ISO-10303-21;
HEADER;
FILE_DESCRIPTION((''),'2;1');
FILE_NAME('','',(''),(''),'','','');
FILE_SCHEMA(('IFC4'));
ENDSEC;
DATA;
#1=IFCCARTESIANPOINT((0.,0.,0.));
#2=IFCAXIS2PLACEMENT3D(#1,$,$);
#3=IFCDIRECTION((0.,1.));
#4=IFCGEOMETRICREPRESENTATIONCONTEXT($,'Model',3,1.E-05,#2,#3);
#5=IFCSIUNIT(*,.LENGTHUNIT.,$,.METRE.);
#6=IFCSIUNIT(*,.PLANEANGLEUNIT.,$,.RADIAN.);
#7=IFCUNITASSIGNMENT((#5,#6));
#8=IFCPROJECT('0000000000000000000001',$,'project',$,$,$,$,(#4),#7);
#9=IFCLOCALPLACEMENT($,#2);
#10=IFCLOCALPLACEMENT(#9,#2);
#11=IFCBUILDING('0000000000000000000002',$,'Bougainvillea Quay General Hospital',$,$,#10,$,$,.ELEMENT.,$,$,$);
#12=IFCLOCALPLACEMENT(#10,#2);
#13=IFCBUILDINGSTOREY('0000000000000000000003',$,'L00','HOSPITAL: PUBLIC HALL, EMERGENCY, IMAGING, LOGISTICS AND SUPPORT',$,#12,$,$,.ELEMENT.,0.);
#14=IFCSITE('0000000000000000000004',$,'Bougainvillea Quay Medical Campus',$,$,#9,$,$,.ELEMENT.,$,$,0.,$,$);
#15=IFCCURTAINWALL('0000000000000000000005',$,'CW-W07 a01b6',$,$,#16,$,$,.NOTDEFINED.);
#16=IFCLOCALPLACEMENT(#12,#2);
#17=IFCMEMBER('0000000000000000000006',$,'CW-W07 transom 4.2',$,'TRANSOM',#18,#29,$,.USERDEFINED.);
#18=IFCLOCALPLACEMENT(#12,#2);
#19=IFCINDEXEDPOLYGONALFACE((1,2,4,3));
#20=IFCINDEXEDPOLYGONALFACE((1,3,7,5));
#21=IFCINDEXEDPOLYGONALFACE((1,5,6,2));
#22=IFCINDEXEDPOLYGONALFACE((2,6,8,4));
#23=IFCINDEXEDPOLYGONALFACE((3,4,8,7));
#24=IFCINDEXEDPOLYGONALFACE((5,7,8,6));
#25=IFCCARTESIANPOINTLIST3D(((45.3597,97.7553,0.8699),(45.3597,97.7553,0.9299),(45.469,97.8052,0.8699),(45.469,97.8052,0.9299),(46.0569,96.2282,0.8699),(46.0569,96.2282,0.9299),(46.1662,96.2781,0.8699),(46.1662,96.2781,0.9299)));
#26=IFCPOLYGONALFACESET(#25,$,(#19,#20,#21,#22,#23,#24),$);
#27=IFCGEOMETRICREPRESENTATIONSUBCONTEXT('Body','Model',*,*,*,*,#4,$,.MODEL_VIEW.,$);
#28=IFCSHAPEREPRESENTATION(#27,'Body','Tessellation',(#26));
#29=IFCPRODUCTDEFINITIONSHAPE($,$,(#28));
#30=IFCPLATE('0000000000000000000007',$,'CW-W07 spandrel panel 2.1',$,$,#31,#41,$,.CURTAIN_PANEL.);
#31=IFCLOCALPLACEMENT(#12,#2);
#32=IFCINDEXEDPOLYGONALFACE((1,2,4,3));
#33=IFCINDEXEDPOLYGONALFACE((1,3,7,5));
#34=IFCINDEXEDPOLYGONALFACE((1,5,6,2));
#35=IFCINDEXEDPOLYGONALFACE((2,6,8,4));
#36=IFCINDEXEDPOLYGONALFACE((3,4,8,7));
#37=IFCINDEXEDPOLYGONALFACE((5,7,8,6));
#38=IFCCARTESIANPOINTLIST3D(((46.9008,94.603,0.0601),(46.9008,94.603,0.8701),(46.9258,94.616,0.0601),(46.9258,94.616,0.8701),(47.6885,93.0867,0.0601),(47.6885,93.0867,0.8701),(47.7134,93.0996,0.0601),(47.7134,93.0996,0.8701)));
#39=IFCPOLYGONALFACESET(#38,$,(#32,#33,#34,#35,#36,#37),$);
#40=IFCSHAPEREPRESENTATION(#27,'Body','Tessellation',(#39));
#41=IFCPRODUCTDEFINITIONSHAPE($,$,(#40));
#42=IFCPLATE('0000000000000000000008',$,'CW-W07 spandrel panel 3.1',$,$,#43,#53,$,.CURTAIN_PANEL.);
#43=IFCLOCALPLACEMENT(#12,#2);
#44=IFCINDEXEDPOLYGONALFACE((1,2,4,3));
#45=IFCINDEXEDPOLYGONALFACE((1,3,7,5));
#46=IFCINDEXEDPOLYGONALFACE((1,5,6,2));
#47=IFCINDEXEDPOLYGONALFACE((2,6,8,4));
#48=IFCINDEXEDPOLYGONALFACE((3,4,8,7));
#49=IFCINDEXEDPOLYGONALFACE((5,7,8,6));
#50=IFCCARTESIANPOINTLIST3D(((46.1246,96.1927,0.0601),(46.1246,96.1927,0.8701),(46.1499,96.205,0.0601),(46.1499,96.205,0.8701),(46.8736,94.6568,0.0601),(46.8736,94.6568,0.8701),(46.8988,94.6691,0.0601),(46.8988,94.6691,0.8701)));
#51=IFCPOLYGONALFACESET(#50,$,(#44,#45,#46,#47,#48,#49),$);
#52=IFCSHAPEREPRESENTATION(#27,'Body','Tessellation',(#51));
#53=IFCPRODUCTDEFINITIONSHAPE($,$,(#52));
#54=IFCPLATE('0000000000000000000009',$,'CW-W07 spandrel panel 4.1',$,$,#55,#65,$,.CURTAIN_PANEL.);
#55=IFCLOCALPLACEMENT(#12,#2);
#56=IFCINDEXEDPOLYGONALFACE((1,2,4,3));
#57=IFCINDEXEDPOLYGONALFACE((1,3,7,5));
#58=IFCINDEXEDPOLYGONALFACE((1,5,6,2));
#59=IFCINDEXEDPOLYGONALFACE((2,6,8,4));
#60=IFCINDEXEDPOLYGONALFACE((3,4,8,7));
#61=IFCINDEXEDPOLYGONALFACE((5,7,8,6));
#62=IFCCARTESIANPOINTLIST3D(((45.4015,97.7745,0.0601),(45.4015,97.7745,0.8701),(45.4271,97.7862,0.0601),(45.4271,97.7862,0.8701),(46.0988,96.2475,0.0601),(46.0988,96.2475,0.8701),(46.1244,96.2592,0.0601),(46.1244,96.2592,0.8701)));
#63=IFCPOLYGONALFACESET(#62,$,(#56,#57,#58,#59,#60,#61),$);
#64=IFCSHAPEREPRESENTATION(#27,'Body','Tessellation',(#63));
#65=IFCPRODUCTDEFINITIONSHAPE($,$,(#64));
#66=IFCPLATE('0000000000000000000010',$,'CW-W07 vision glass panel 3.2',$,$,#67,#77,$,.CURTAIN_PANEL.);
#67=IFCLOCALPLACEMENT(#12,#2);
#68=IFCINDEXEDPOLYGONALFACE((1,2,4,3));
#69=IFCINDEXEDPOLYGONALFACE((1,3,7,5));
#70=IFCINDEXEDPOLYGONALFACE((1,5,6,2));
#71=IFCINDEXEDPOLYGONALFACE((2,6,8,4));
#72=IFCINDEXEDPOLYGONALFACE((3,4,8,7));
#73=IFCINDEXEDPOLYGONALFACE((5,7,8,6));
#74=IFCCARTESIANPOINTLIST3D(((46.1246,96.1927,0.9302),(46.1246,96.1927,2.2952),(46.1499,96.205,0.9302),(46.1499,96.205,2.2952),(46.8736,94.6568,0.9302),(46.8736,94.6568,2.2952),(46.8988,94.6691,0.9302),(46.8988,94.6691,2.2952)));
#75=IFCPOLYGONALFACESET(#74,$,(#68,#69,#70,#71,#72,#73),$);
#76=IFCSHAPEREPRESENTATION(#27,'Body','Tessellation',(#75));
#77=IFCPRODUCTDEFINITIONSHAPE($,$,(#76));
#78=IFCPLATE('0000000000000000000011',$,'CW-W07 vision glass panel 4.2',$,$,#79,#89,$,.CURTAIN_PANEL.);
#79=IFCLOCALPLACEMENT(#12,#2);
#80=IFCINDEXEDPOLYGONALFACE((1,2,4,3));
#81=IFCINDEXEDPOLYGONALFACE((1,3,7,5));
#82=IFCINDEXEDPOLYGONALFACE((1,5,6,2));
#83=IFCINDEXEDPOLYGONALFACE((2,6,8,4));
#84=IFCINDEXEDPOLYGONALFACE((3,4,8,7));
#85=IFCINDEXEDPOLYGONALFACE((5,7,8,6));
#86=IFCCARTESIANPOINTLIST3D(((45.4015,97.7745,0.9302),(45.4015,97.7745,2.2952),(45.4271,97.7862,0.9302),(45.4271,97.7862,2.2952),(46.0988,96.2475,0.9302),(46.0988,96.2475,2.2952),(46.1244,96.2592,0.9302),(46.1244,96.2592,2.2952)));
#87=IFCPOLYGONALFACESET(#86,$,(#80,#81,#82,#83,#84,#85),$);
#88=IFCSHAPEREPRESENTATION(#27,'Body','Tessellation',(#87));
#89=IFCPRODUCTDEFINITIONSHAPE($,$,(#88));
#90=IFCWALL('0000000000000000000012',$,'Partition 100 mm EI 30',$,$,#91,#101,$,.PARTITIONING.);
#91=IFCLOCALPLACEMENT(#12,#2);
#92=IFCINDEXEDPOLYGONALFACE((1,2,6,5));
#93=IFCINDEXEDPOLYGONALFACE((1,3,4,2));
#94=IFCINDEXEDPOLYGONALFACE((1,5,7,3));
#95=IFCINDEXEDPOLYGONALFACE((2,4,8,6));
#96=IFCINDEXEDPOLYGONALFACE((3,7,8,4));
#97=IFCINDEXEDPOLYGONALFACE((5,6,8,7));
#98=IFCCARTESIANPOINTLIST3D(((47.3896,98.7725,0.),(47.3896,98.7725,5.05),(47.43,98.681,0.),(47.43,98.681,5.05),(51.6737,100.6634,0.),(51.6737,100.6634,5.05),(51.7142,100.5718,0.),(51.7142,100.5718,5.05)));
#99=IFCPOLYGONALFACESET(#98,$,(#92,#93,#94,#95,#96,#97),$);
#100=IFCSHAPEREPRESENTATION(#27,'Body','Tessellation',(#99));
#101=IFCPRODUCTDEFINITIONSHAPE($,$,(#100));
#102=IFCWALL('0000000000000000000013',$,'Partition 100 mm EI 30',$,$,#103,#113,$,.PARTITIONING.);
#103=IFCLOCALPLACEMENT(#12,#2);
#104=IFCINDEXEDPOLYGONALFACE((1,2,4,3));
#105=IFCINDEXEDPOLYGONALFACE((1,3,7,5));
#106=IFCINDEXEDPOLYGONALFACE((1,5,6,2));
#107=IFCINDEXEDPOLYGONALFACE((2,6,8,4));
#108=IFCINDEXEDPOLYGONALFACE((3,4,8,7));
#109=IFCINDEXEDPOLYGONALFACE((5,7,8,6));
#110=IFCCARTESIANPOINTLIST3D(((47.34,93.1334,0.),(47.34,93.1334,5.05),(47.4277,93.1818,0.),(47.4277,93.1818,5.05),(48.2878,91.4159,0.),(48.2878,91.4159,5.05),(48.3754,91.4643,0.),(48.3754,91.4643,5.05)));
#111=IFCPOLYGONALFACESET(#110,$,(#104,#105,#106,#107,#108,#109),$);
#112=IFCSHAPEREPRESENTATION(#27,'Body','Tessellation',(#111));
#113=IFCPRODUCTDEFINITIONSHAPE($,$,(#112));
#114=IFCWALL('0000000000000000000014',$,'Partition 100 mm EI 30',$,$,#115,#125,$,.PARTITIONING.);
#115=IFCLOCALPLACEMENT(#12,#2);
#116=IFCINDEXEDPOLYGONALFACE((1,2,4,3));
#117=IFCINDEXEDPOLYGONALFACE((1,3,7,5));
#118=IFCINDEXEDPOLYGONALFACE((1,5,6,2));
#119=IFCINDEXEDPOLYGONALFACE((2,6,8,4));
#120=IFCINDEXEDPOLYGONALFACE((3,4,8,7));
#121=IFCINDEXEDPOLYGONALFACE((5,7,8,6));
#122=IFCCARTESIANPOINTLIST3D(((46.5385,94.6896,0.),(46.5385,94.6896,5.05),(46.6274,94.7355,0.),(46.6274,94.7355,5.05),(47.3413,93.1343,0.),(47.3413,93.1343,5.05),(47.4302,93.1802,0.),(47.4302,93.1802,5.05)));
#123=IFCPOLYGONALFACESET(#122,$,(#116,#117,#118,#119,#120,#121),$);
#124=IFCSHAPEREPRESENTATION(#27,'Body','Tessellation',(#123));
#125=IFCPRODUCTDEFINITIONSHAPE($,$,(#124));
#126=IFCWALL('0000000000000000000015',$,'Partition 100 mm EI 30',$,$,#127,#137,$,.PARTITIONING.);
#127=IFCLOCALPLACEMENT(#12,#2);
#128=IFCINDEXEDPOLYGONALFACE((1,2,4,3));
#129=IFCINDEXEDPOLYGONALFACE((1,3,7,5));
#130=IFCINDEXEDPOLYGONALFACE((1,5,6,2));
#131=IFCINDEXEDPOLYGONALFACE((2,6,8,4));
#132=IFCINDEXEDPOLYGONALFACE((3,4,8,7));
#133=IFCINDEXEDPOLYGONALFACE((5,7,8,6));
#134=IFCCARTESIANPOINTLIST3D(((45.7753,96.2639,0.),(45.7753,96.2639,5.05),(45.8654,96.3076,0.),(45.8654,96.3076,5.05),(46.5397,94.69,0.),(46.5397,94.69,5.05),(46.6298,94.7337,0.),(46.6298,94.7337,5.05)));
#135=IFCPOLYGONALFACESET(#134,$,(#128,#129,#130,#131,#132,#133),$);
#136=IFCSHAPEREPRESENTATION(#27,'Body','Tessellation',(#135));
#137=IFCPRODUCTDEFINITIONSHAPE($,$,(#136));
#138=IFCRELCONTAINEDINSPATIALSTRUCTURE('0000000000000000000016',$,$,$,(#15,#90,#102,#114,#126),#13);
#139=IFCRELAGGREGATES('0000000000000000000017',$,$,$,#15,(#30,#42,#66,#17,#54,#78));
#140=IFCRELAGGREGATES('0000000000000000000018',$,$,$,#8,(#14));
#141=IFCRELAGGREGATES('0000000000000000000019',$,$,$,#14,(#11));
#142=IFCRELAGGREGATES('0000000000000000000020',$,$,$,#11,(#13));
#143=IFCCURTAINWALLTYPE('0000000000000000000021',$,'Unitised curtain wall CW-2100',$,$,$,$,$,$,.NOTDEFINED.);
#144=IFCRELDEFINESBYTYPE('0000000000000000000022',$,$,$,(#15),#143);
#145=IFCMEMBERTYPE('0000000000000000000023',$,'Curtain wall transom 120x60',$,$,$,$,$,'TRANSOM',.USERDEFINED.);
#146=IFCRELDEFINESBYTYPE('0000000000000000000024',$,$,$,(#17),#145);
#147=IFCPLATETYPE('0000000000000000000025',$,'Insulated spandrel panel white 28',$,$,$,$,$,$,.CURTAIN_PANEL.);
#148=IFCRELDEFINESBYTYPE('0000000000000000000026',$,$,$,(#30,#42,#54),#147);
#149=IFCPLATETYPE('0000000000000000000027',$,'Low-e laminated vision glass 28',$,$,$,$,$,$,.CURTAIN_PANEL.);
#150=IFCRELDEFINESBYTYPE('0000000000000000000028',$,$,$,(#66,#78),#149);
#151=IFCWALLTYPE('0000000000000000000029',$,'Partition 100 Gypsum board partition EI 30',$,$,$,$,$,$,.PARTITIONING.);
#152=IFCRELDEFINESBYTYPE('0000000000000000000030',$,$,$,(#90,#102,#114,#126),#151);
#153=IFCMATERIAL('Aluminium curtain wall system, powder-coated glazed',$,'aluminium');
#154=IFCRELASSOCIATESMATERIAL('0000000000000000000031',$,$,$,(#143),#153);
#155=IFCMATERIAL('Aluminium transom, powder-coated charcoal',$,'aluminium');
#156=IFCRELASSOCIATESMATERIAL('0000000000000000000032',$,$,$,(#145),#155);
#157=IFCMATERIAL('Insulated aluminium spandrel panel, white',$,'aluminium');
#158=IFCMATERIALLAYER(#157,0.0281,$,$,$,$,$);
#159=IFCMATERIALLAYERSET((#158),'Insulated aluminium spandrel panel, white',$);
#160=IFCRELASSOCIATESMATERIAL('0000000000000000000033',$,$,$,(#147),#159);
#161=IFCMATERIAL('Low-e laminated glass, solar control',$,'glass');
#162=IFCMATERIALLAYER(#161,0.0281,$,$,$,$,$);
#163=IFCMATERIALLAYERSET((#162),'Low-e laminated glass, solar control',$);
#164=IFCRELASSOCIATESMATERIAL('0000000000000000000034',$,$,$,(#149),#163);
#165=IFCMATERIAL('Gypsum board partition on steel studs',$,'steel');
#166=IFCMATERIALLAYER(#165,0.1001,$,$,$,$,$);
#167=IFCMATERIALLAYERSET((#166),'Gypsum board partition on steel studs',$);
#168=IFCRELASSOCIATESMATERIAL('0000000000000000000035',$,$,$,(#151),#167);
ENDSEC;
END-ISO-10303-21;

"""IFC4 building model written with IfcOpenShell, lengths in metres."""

from ifc_helpers import new_model, si_unit, direction, frame, frame_2d, origin, origin_2d, place, context, subcontext, project, spatial, rectangle, extrude, material, layer, layer_set, material_profile, profile_set, type_object, element, aggregate, save


model = new_model("IFC4")

# Units and contexts
model_context = context("Model", 3, precision=1e-05, world=origin(), true_north=direction((0.0, 1.0)))
body_context = subcontext(model_context, "Body", "Model", "MODEL_VIEW")
ifc_project = project(units=[si_unit("LENGTHUNIT", "METRE"), si_unit("PLANEANGLEUNIT", "RADIAN")], contexts=[model_context])

# Site, building, storey
site_placement = place(None, origin())
site = spatial("IfcSite", under=ifc_project, at=site_placement, Name="Bougainvillea Quay Medical Campus", CompositionType="ELEMENT", RefElevation=0.0)
building_placement = place(site_placement, origin())
building = spatial("IfcBuilding", under=site, at=building_placement, Name="Bougainvillea Quay General Hospital", CompositionType="ELEMENT")
storey_placement = place(building_placement, origin())
storey = spatial("IfcBuildingStorey", under=building, at=storey_placement, Name="L00", Description="HOSPITAL: PUBLIC HALL, EMERGENCY, IMAGING, LOGISTICS AND SUPPORT", CompositionType="ELEMENT", Elevation=0.0)

# Curtain wall
ifc_material_1 = material(Name="Aluminium curtain wall system, powder-coated glazed", Category="aluminium")
curtain_wall_type = type_object("IfcCurtainWallType", Name="Unitised curtain wall CW-2100", PredefinedType="NOTDEFINED", material=ifc_material_1)
curtain_wall_1_placement = place(storey_placement, origin())
curtain_wall_1 = element("IfcCurtainWall", 1, at=curtain_wall_1_placement, inside=storey, type_object=curtain_wall_type, Name="CW-W07 a01b6", PredefinedType="NOTDEFINED")

# Member
ifc_material_2 = material(Name="Aluminium transom, powder-coated charcoal", Category="aluminium")
ifc_material_profile_1 = material_profile(ifc_material_2, rectangle(XDim=0.1201, YDim=0.0601, at=origin_2d()))
ifc_profile_set_1 = profile_set([ifc_material_profile_1], Name="Aluminium transom, powder-coated charcoal")
member_type_1 = type_object("IfcMemberType", Name="Curtain wall transom 120x60", ElementType="TRANSOM", PredefinedType="USERDEFINED", material=ifc_profile_set_1)
member_1_placement = place(storey_placement, frame((46.1116, 96.2532, 0.8999), z_axis=(-0.415347, 0.909663, 0.0), x_axis=(-0.909663, -0.415347, 0.0)))
member_1 = element("IfcMember", 2, at=member_1_placement, type_object=member_type_1, Name="CW-W07 transom 4.2", ObjectType="TRANSOM", PredefinedType="USERDEFINED", context=body_context, shape_type="SweptSolid", body=[
    extrude(rectangle(XDim=0.1201, YDim=0.0601, at=origin_2d()), origin(), (0.0, 0.0, 1.0), 1.6787),
])

# Plates
ifc_material_3 = material(Name="Insulated aluminium spandrel panel, white", Category="aluminium")
ifc_layer_1 = layer(ifc_material_3, 0.0281)
ifc_layer_set_1 = layer_set([ifc_layer_1], Name="Insulated aluminium spandrel panel, white")
plate_type_1 = type_object("IfcPlateType", Name="Insulated spandrel panel white 28", PredefinedType="CURTAIN_PANEL", material=ifc_layer_set_1)
plate_1_placement = place(storey_placement, frame((47.3071, 93.8513, 0.0601), z_axis=(0.0, 0.0, 1.0), x_axis=(-0.460951, 0.887426, 0.0)))
plate_1 = element("IfcPlate", 3, at=plate_1_placement, type_object=plate_type_1, Name="CW-W07 spandrel panel 2.1", PredefinedType="CURTAIN_PANEL", context=body_context, shape_type="SweptSolid", body=[
    extrude(rectangle(XDim=1.7087, YDim=0.0281, at=origin_2d()), origin(), (0.0, 0.0, 1.0), 0.8101),
])
plate_2_placement = place(storey_placement, frame((46.5117, 95.4309, 0.0601), z_axis=(0.0, 0.0, 1.0), x_axis=(-0.438301, 0.898828, 0.0)))
plate_2 = element("IfcPlate", 4, at=plate_2_placement, type_object=plate_type_1, Name="CW-W07 spandrel panel 3.1", PredefinedType="CURTAIN_PANEL", context=body_context, shape_type="SweptSolid", body=[
    extrude(rectangle(XDim=1.7087, YDim=0.0281, at=origin_2d()), origin(), (0.0, 0.0, 1.0), 0.8101),
])
plate_3_placement = place(storey_placement, frame((45.7629, 97.0168, 0.0601), z_axis=(0.0, 0.0, 1.0), x_axis=(-0.415368, 0.909653, 0.0)))
plate_3 = element("IfcPlate", 5, at=plate_3_placement, type_object=plate_type_1, Name="CW-W07 spandrel panel 4.1", PredefinedType="CURTAIN_PANEL", context=body_context, shape_type="SweptSolid", body=[
    extrude(rectangle(XDim=1.6787, YDim=0.0281, at=origin_2d()), origin(), (0.0, 0.0, 1.0), 0.8101),
])
ifc_material_4 = material(Name="Low-e laminated glass, solar control", Category="glass")
ifc_layer_2 = layer(ifc_material_4, 0.0281)
ifc_layer_set_2 = layer_set([ifc_layer_2], Name="Low-e laminated glass, solar control")
plate_type_2 = type_object("IfcPlateType", Name="Low-e laminated vision glass 28", PredefinedType="CURTAIN_PANEL", material=ifc_layer_set_2)
plate_4_placement = place(storey_placement, frame((46.5117, 95.4309, 0.9302), z_axis=(0.0, 0.0, 1.0), x_axis=(-0.438301, 0.898828, 0.0)))
plate_4 = element("IfcPlate", 6, at=plate_4_placement, type_object=plate_type_2, Name="CW-W07 vision glass panel 3.2", PredefinedType="CURTAIN_PANEL", context=body_context, shape_type="SweptSolid", body=[
    extrude(rectangle(XDim=1.7087, YDim=0.0281, at=origin_2d()), origin(), (0.0, 0.0, 1.0), 1.365),
])
plate_5_placement = place(storey_placement, frame((45.7629, 97.0168, 0.9302), z_axis=(0.0, 0.0, 1.0), x_axis=(-0.415368, 0.909653, 0.0)))
plate_5 = element("IfcPlate", 7, at=plate_5_placement, type_object=plate_type_2, Name="CW-W07 vision glass panel 4.2", PredefinedType="CURTAIN_PANEL", context=body_context, shape_type="SweptSolid", body=[
    extrude(rectangle(XDim=1.6787, YDim=0.0281, at=origin_2d()), origin(), (0.0, 0.0, 1.0), 1.365),
])
aggregate(curtain_wall_1, [plate_1, plate_2, plate_4, member_1, plate_3, plate_5])

# Walls
ifc_material_5 = material(Name="Gypsum board partition on steel studs", Category="steel")
ifc_layer_3 = layer(ifc_material_5, 0.1001)
ifc_layer_set_3 = layer_set([ifc_layer_3], Name="Gypsum board partition on steel studs")
wall_type = type_object("IfcWallType", Name="Partition 100 Gypsum board partition EI 30", PredefinedType="PARTITIONING", material=ifc_layer_set_3)
wall_1_placement = place(storey_placement, frame((47.4099, 98.7268, 0.0), z_axis=(0.0, 0.0, 1.0), x_axis=(0.914856, 0.403781, 0.0)))
element("IfcWall", 8, at=wall_1_placement, inside=storey, type_object=wall_type, Name="Partition 100 mm EI 30", PredefinedType="PARTITIONING", context=body_context, shape_type="SweptSolid", body=[
    extrude(rectangle(XDim=4.6829, YDim=0.1001, at=frame_2d((2.3413, 0.0))), origin(), (0.0, 0.0, 1.0), 5.05),
])
wall_2_placement = place(storey_placement, frame((47.3838, 93.1577, 0.0), z_axis=(0.0, 0.0, 1.0), x_axis=(0.483137, -0.875545, 0.0)))
element("IfcWall", 9, at=wall_2_placement, inside=storey, type_object=wall_type, Name="Partition 100 mm EI 30", PredefinedType="PARTITIONING", context=body_context, shape_type="SweptSolid", body=[
    extrude(rectangle(XDim=1.9617, YDim=0.1001, at=frame_2d((0.981, 0.0))), origin(), (0.0, 0.0, 1.0), 5.05),
])
wall_3_placement = place(storey_placement, frame((46.583, 94.7124, 0.0), z_axis=(0.0, 0.0, 1.0), x_axis=(0.458671, -0.888606, 0.0)))
element("IfcWall", 10, at=wall_3_placement, inside=storey, type_object=wall_type, Name="Partition 100 mm EI 30", PredefinedType="PARTITIONING", context=body_context, shape_type="SweptSolid", body=[
    extrude(rectangle(XDim=1.7502, YDim=0.1001, at=frame_2d((0.875, 0.0))), origin(), (0.0, 0.0, 1.0), 5.05),
])
wall_4_placement = place(storey_placement, frame((45.8203, 96.2859, 0.0), z_axis=(0.0, 0.0, 1.0), x_axis=(0.436859, -0.89953, 0.0)))
element("IfcWall", 11, at=wall_4_placement, inside=storey, type_object=wall_type, Name="Partition 100 mm EI 30", PredefinedType="PARTITIONING", context=body_context, shape_type="SweptSolid", body=[
    extrude(rectangle(XDim=1.7498, YDim=0.1001, at=frame_2d((0.875, 0.0))), origin(), (0.0, 0.0, 1.0), 5.05),
])

save(model, "model.ifc")
